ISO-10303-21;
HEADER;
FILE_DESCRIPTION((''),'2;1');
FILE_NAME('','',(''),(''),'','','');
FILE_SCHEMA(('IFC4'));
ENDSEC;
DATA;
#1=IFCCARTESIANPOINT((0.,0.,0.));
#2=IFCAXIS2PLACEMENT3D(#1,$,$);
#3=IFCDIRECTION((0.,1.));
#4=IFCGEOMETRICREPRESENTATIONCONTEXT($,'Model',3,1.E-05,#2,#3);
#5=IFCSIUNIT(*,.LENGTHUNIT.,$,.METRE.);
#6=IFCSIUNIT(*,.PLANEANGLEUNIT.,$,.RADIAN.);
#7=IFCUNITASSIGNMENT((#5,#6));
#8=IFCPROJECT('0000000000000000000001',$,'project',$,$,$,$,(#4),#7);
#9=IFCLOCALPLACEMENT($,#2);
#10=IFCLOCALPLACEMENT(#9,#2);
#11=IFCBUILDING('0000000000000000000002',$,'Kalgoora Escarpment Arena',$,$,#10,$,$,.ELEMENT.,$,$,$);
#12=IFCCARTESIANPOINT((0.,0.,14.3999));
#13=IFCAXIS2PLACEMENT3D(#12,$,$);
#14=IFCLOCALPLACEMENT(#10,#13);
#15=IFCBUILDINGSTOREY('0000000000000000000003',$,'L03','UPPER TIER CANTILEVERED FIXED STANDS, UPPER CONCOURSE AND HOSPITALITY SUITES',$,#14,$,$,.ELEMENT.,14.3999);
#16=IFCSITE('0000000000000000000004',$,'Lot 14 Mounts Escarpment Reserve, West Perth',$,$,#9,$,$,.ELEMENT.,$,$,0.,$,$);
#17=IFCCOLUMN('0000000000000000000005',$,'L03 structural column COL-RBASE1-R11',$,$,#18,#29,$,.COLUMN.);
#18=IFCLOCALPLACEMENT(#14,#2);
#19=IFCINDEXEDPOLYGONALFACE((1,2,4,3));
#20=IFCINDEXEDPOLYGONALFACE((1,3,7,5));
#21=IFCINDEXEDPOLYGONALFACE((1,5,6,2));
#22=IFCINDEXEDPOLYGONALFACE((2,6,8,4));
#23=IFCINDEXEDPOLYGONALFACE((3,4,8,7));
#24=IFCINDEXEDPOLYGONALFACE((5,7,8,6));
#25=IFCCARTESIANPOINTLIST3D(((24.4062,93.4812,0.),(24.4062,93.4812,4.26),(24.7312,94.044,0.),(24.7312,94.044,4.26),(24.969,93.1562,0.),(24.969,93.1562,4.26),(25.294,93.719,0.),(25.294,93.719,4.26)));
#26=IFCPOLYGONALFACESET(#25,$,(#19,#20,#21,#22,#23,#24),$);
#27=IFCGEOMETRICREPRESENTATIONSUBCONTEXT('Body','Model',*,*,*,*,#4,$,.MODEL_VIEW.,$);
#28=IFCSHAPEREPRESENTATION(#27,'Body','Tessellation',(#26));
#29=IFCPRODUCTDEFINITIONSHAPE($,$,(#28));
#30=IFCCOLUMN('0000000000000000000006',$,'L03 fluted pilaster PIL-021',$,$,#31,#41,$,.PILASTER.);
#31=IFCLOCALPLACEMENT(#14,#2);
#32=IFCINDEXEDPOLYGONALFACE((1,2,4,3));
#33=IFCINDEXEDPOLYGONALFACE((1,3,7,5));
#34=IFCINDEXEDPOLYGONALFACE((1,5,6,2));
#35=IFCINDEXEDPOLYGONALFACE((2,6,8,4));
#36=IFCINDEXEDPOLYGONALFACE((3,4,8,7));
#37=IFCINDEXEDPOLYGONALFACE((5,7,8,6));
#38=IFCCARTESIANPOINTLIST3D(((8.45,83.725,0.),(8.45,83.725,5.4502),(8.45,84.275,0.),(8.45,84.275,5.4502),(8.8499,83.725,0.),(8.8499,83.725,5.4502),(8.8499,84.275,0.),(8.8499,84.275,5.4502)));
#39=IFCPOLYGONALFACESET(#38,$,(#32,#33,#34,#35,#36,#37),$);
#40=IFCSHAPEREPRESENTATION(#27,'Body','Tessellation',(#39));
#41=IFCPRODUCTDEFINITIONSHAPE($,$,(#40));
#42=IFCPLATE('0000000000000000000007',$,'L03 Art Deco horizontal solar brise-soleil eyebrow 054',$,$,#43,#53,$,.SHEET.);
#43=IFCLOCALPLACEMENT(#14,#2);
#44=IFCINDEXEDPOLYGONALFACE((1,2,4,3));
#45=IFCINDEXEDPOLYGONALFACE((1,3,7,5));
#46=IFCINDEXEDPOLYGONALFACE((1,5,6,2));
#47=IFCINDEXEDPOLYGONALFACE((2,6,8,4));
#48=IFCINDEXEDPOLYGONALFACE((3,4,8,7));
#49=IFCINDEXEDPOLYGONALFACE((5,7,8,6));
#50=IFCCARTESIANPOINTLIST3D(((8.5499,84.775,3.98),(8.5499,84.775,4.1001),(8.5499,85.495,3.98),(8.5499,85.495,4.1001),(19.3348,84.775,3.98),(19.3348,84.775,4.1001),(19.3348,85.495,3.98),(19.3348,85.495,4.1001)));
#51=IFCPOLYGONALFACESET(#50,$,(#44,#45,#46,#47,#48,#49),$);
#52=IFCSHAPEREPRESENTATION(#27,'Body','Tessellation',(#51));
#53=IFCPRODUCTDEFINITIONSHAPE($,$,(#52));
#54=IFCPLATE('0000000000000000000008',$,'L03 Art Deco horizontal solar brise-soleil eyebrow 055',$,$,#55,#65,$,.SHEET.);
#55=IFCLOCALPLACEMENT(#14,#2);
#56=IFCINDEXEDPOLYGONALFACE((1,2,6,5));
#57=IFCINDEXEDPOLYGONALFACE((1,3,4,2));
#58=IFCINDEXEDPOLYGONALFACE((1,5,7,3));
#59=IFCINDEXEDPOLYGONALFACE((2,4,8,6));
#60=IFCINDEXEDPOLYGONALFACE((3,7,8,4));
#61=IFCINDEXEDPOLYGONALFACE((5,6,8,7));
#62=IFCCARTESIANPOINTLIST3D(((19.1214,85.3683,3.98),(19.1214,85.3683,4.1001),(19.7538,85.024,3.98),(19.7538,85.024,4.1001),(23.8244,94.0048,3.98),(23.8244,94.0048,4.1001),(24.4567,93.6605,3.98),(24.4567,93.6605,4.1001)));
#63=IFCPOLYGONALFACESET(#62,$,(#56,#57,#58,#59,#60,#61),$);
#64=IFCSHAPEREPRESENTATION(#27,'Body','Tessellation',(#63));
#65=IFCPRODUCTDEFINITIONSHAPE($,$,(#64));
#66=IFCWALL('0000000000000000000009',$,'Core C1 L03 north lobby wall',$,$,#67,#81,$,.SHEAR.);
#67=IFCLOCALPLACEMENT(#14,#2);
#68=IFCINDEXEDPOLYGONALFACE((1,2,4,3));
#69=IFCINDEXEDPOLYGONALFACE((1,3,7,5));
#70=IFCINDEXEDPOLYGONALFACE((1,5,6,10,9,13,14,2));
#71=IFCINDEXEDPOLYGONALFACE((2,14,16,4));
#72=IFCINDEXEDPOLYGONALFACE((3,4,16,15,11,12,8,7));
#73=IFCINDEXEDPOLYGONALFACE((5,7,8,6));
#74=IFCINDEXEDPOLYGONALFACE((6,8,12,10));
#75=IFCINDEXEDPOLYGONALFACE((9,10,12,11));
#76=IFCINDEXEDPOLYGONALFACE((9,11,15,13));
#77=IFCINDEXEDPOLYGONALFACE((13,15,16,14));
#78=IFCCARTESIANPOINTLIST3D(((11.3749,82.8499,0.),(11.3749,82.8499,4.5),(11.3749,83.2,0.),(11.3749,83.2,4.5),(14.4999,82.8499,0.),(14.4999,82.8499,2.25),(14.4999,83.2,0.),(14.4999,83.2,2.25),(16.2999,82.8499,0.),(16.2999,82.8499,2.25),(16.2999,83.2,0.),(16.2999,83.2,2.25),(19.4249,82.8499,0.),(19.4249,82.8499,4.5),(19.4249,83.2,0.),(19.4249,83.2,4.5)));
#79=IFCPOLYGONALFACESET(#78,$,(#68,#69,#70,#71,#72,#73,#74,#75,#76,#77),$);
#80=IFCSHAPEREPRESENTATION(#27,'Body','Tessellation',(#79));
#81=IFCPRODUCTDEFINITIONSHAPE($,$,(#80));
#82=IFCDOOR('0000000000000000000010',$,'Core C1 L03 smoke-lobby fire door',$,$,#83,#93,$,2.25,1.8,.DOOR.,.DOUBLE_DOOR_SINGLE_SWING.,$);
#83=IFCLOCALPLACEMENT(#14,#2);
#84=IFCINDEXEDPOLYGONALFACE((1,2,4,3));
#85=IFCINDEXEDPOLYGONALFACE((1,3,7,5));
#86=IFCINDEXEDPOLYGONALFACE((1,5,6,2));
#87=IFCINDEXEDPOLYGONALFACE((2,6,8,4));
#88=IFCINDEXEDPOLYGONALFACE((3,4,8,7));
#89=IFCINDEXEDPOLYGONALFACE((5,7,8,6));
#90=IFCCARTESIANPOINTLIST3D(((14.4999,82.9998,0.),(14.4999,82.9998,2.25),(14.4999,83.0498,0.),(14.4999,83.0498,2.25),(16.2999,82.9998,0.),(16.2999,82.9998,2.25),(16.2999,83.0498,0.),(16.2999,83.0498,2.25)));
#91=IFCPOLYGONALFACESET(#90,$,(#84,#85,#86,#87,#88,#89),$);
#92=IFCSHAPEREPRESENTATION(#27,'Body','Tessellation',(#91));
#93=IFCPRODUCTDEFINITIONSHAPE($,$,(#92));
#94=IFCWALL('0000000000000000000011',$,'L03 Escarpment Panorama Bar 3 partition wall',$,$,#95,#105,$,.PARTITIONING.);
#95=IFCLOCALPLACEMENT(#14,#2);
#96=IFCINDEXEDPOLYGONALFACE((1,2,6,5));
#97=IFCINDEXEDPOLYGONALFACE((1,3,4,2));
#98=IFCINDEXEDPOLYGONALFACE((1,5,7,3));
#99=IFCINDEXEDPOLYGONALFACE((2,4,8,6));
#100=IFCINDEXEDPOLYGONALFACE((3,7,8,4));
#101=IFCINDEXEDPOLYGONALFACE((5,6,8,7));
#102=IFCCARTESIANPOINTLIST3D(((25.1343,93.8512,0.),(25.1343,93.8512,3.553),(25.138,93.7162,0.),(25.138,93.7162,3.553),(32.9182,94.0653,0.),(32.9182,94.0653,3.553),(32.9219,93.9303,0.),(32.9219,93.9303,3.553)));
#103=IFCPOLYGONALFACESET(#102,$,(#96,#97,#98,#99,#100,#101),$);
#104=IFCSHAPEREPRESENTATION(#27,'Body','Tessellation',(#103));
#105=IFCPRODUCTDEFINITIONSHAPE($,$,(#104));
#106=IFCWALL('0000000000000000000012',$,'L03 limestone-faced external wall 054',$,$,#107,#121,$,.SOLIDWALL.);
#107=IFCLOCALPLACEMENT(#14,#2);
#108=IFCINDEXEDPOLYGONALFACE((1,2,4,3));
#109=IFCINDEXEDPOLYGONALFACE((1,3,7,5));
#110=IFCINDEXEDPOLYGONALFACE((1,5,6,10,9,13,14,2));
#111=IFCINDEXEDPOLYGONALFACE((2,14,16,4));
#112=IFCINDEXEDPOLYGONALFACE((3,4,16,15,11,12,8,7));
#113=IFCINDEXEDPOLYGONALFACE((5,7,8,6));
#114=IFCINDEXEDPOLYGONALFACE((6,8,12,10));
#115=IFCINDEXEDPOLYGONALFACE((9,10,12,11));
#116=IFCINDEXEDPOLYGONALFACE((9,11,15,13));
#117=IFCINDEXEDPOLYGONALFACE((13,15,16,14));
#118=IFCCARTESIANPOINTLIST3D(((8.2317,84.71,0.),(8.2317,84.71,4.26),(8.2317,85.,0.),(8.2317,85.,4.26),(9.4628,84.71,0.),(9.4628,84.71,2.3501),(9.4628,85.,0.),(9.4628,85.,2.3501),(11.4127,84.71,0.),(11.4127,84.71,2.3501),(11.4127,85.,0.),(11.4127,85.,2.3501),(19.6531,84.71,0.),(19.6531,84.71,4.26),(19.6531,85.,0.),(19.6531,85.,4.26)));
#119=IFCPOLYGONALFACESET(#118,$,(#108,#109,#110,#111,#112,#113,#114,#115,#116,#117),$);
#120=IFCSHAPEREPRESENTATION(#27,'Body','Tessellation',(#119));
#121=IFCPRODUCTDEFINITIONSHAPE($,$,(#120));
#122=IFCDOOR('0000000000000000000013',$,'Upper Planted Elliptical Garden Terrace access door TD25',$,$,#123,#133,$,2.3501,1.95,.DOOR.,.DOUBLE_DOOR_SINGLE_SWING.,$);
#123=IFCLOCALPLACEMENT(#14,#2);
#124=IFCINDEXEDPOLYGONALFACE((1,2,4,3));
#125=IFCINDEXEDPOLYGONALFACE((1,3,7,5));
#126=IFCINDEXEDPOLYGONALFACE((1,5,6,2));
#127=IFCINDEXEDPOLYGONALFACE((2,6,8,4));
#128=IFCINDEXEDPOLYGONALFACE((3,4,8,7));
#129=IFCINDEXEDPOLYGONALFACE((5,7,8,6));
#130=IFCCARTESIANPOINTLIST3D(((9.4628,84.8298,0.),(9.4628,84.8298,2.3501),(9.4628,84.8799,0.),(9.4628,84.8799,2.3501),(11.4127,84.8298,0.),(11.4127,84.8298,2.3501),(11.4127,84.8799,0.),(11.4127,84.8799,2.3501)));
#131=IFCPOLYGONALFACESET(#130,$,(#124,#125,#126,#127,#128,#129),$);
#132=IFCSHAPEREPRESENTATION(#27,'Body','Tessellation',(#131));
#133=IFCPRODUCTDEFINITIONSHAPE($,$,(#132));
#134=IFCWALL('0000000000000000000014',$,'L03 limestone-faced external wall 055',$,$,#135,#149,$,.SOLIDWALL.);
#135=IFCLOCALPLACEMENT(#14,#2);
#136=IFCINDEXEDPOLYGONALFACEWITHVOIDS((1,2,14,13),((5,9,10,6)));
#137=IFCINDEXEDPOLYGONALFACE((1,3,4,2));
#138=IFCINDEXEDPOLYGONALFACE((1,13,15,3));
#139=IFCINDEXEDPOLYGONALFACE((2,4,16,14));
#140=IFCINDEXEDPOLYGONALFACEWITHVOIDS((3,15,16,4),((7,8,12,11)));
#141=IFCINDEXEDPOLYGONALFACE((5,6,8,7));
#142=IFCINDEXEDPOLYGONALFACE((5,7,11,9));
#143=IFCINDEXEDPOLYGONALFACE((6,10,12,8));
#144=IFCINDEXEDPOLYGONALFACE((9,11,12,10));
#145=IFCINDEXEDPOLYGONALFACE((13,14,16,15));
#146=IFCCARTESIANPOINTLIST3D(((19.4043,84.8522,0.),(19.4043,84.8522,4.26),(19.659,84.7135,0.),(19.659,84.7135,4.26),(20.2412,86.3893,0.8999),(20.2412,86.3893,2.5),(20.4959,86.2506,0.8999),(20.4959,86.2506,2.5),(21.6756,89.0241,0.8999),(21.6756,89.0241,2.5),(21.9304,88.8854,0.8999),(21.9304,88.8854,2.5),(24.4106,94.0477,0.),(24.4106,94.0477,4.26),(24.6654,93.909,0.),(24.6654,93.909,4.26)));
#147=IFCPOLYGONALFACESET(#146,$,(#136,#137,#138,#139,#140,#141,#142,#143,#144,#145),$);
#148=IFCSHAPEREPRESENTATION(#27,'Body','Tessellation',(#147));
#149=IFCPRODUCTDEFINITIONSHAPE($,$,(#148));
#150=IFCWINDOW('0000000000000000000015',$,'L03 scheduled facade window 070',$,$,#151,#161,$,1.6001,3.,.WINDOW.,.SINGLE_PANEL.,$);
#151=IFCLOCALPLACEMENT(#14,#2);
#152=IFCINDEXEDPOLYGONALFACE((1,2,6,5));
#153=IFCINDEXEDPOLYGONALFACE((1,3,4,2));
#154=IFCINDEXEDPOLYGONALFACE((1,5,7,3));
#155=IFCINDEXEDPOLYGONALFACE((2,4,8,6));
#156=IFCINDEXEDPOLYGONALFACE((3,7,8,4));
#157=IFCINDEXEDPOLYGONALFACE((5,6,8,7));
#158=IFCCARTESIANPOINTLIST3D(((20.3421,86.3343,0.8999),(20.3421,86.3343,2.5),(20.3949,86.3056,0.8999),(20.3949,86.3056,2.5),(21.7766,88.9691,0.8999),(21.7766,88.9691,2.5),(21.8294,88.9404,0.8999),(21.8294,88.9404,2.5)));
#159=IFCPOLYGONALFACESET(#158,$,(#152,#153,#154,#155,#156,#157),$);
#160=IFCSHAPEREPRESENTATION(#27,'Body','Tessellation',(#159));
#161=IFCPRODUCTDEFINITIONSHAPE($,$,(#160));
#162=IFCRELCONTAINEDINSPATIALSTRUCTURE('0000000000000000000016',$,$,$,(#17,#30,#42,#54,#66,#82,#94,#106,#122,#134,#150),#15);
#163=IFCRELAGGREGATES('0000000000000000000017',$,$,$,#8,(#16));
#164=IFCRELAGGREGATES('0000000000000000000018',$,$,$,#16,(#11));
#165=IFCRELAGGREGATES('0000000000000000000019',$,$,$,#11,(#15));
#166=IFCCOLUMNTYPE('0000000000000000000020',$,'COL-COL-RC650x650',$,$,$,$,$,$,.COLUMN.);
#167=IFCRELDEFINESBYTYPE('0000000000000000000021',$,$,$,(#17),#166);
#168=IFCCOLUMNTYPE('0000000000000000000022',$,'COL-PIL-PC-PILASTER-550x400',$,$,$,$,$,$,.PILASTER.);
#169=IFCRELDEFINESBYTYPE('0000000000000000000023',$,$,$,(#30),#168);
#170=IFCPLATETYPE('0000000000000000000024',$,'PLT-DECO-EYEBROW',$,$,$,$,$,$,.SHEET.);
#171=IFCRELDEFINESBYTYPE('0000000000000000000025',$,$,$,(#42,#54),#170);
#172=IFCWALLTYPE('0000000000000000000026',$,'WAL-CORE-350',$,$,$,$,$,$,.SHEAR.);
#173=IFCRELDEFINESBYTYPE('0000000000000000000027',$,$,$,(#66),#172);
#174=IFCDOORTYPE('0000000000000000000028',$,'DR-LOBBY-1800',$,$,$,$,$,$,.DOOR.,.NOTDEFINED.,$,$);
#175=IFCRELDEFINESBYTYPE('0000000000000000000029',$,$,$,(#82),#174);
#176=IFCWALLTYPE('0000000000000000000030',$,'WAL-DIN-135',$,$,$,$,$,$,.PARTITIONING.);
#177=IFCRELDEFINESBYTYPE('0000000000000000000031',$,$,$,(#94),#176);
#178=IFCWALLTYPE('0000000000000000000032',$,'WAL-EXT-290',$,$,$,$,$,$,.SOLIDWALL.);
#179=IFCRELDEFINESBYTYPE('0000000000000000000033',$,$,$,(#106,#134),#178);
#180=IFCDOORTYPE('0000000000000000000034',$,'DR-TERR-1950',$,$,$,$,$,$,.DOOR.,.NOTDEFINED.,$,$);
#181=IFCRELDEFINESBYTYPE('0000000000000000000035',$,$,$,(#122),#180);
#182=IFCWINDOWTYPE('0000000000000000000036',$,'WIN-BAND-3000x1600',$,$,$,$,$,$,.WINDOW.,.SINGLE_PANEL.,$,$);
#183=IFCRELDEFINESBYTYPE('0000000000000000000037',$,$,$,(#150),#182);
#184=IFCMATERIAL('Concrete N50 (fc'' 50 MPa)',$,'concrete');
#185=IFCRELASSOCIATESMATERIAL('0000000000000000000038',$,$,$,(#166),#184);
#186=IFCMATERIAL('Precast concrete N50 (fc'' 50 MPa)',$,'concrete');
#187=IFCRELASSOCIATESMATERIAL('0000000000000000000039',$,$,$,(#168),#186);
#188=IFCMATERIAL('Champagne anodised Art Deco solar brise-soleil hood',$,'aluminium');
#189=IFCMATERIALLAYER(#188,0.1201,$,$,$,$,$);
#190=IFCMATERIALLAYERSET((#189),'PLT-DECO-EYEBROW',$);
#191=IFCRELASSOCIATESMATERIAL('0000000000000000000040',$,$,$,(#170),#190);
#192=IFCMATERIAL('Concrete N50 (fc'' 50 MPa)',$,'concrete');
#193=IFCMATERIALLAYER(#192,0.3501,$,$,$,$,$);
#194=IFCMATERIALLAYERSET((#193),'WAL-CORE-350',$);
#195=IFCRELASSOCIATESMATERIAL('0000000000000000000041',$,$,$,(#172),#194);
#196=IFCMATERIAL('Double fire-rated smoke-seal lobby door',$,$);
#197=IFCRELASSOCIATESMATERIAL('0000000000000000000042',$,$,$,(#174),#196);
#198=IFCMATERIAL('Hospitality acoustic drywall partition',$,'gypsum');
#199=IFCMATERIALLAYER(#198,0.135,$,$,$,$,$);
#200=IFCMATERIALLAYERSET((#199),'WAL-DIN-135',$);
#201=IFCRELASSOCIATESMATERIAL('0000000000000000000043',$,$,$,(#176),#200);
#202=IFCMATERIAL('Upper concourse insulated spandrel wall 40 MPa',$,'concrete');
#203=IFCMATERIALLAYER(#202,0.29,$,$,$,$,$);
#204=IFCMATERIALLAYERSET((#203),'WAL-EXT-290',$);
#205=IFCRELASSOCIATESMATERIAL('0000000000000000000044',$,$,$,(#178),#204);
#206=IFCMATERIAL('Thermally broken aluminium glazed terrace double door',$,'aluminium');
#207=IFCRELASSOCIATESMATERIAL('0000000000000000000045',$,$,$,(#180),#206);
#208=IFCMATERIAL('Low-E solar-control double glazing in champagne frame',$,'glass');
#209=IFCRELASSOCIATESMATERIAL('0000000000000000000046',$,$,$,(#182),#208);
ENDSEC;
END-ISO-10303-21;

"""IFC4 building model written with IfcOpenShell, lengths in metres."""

from ifc_helpers import new_model, si_unit, direction, frame, frame_2d, origin, origin_2d, place, context, subcontext, project, spatial, rectangle, extrude, material, layer, layer_set, material_profile, profile_set, type_object, element, fill, save


model = new_model("IFC4")

# Units and contexts
model_context = context("Model", 3, precision=1e-05, world=origin(), true_north=direction((0.0, 1.0)))
body_context = subcontext(model_context, "Body", "Model", "MODEL_VIEW")
ifc_project = project(units=[si_unit("LENGTHUNIT", "METRE"), si_unit("PLANEANGLEUNIT", "RADIAN")], contexts=[model_context])

# Site, building, storey
site_placement = place(None, origin())
site = spatial("IfcSite", under=ifc_project, at=site_placement, Name="Lot 14 Mounts Escarpment Reserve, West Perth", CompositionType="ELEMENT", RefElevation=0.0)
building_placement = place(site_placement, origin())
building = spatial("IfcBuilding", under=site, at=building_placement, Name="Kalgoora Escarpment Arena", CompositionType="ELEMENT")
storey_placement = place(building_placement, frame((0.0, 0.0, 14.3999)))
storey = spatial("IfcBuildingStorey", under=building, at=storey_placement, Name="L03", Description="UPPER TIER CANTILEVERED FIXED STANDS, UPPER CONCOURSE AND HOSPITALITY SUITES", CompositionType="ELEMENT", Elevation=14.3999)

# Columns
ifc_material_1 = material(Name="Concrete N50 (fc' 50 MPa)", Category="concrete")
ifc_material_profile_1 = material_profile(ifc_material_1, rectangle(XDim=0.6499, YDim=0.6499, at=origin_2d()))
ifc_profile_set_1 = profile_set([ifc_material_profile_1], Name="Concrete N50 (fc' 50 MPa)")
column_type_1 = type_object("IfcColumnType", Name="COL-COL-RC650x650", PredefinedType="COLUMN", material=ifc_profile_set_1)
column_1_placement = place(storey_placement, frame((24.8501, 93.6001, 0.0), z_axis=(0.0, 0.0, 1.0), x_axis=(-0.866025, 0.5, 0.0)))
element("IfcColumn", 1, at=column_1_placement, inside=storey, type_object=column_type_1, Name="L03 structural column COL-RBASE1-R11", PredefinedType="COLUMN", context=body_context, shape_type="SweptSolid", body=[
    extrude(rectangle(XDim=0.6499, YDim=0.6499, at=origin_2d()), origin(), (0.0, 0.0, 1.0), 4.26),
])
ifc_material_2 = material(Name="Precast concrete N50 (fc' 50 MPa)", Category="concrete")
ifc_material_profile_2 = material_profile(ifc_material_2, rectangle(XDim=0.3999, YDim=0.55, at=origin_2d()))
ifc_profile_set_2 = profile_set([ifc_material_profile_2], Name="Precast concrete N50 (fc' 50 MPa)")
column_type_2 = type_object("IfcColumnType", Name="COL-PIL-PC-PILASTER-550x400", PredefinedType="PILASTER", material=ifc_profile_set_2)
column_2_placement = place(storey_placement, frame((8.6499, 84.0, 0.0), z_axis=(0.0, 0.0, 1.0), x_axis=(1.0, 0.0, 0.0)))
element("IfcColumn", 2, at=column_2_placement, inside=storey, type_object=column_type_2, Name="L03 fluted pilaster PIL-021", PredefinedType="PILASTER", context=body_context, shape_type="SweptSolid", body=[
    extrude(rectangle(XDim=0.3999, YDim=0.55, at=origin_2d()), origin(), (0.0, 0.0, 1.0), 5.4502),
])

# Plates
ifc_material_3 = material(Name="Champagne anodised Art Deco solar brise-soleil hood", Category="aluminium")
ifc_layer_1 = layer(ifc_material_3, 0.1201)
ifc_layer_set_1 = layer_set([ifc_layer_1], Name="PLT-DECO-EYEBROW")
plate_type = type_object("IfcPlateType", Name="PLT-DECO-EYEBROW", PredefinedType="SHEET", material=ifc_layer_set_1)
plate_1_placement = place(storey_placement, frame((13.9424, 85.135, 3.98), z_axis=(0.0, 0.0, 1.0), x_axis=(1.0, 0.0, 0.0)))
element("IfcPlate", 3, at=plate_1_placement, inside=storey, type_object=plate_type, Name="L03 Art Deco horizontal solar brise-soleil eyebrow 054", PredefinedType="SHEET", context=body_context, shape_type="SweptSolid", body=[
    extrude(rectangle(XDim=10.7849, YDim=0.72, at=origin_2d()), origin(), (0.0, 0.0, 1.0), 0.1201),
])
plate_2_placement = place(storey_placement, frame((21.7891, 89.5144, 3.98), z_axis=(0.0, 0.0, 1.0), x_axis=(0.478232, 0.878233, 0.0)))
element("IfcPlate", 4, at=plate_2_placement, inside=storey, type_object=plate_type, Name="L03 Art Deco horizontal solar brise-soleil eyebrow 055", PredefinedType="SHEET", context=body_context, shape_type="SweptSolid", body=[
    extrude(rectangle(XDim=9.834, YDim=0.72, at=origin_2d()), origin(), (0.0, 0.0, 1.0), 0.1201),
])

# Wall, opening, door
ifc_material_4 = material(Name="Concrete N50 (fc' 50 MPa)", Category="concrete")
ifc_layer_2 = layer(ifc_material_4, 0.3501)
ifc_layer_set_2 = layer_set([ifc_layer_2], Name="WAL-CORE-350")
wall_type_1 = type_object("IfcWallType", Name="WAL-CORE-350", PredefinedType="SHEAR", material=ifc_layer_set_2)
wall_1_placement = place(storey_placement, frame((11.375, 83.0249, 0.0), z_axis=(0.0, 0.0, 1.0), x_axis=(1.0, 0.0, 0.0)))
wall_1 = element("IfcWall", 5, at=wall_1_placement, inside=storey, type_object=wall_type_1, Name="Core C1 L03 north lobby wall", PredefinedType="SHEAR", context=body_context, shape_type="SweptSolid", body=[
    extrude(rectangle(XDim=8.05, YDim=0.3501, at=frame_2d((4.0249, 0.0))), origin(), (0.0, 0.0, 1.0), 4.5),
])
opening_1_placement = place(wall_1_placement, frame((3.125, 0.0, 0.0)))
opening_1 = element("IfcOpeningElement", 6, at=opening_1_placement, cuts=wall_1, PredefinedType="OPENING", context=body_context, shape_type="SweptSolid", body=[
    extrude(rectangle(XDim=1.8, YDim=2.25, at=frame_2d((0.8999, 1.125))), frame((0.0, 0.1851, 0.0), z_axis=(0.0, -1.0, 0.0), x_axis=(1.0, 0.0, 0.0)), (0.0, 0.0, 1.0), 0.3701),
])
ifc_material_5 = material(Name="Double fire-rated smoke-seal lobby door")
door_type_1 = type_object("IfcDoorType", Name="DR-LOBBY-1800", OperationType="NOTDEFINED", PredefinedType="DOOR", material=ifc_material_5)
door_1_placement = place(opening_1_placement, origin())
door_1 = element("IfcDoor", 7, at=door_1_placement, inside=storey, type_object=door_type_1, Name="Core C1 L03 smoke-lobby fire door", OperationType="DOUBLE_DOOR_SINGLE_SWING", OverallHeight=2.25, OverallWidth=1.8, PredefinedType="DOOR", context=body_context, shape_type="SweptSolid", body=[
    extrude(rectangle(XDim=1.8, YDim=2.25, at=frame_2d((0.8999, 1.125))), frame((0.0, 0.0249, 0.0), z_axis=(0.0, -1.0, 0.0), x_axis=(1.0, 0.0, 0.0)), (0.0, 0.0, 1.0), 0.05),
])
fill(opening_1, door_1)

# Wall
ifc_material_6 = material(Name="Hospitality acoustic drywall partition", Category="gypsum")
ifc_layer_3 = layer(ifc_material_6, 0.135)
ifc_layer_set_3 = layer_set([ifc_layer_3], Name="WAL-DIN-135")
wall_type_2 = type_object("IfcWallType", Name="WAL-DIN-135", PredefinedType="PARTITIONING", material=ifc_layer_set_3)
wall_2_placement = place(storey_placement, frame((25.136, 93.7837, 0.0), z_axis=(0.0, 0.0, 1.0), x_axis=(0.999622, 0.027496, 0.0)))
element("IfcWall", 8, at=wall_2_placement, inside=storey, type_object=wall_type_2, Name="L03 Escarpment Panorama Bar 3 partition wall", PredefinedType="PARTITIONING", context=body_context, shape_type="SweptSolid", body=[
    extrude(rectangle(XDim=7.7869, YDim=0.135, at=frame_2d((3.8936, 0.0))), origin(), (0.0, 0.0, 1.0), 3.553),
])

# Wall, opening, door
ifc_material_7 = material(Name="Upper concourse insulated spandrel wall 40 MPa", Category="concrete")
ifc_layer_4 = layer(ifc_material_7, 0.29)
ifc_layer_set_4 = layer_set([ifc_layer_4], Name="WAL-EXT-290")
wall_type_3 = type_object("IfcWallType", Name="WAL-EXT-290", PredefinedType="SOLIDWALL", material=ifc_layer_set_4)
wall_3_placement = place(storey_placement, frame((8.2317, 84.855, 0.0), z_axis=(0.0, 0.0, 1.0), x_axis=(1.0, 0.0, 0.0)))
wall_3 = element("IfcWall", 9, at=wall_3_placement, inside=storey, type_object=wall_type_3, Name="L03 limestone-faced external wall 054", PredefinedType="SOLIDWALL", context=body_context, shape_type="SweptSolid", body=[
    extrude(rectangle(XDim=11.4214, YDim=0.29, at=frame_2d((5.7107, 0.0))), origin(), (0.0, 0.0, 1.0), 4.26),
])
opening_2_placement = place(wall_3_placement, frame((1.231, 0.0, 0.0)))
opening_2 = element("IfcOpeningElement", 10, at=opening_2_placement, cuts=wall_3, PredefinedType="OPENING", context=body_context, shape_type="SweptSolid", body=[
    extrude(rectangle(XDim=1.95, YDim=2.3501, at=frame_2d((0.9751, 1.175))), frame((0.0, 0.155, 0.0), z_axis=(0.0, -1.0, 0.0), x_axis=(1.0, 0.0, 0.0)), (0.0, 0.0, 1.0), 0.3101),
])
ifc_material_8 = material(Name="Thermally broken aluminium glazed terrace double door", Category="aluminium")
door_type_2 = type_object("IfcDoorType", Name="DR-TERR-1950", OperationType="NOTDEFINED", PredefinedType="DOOR", material=ifc_material_8)
door_2_placement = place(opening_2_placement, origin())
door_2 = element("IfcDoor", 11, at=door_2_placement, inside=storey, type_object=door_type_2, Name="Upper Planted Elliptical Garden Terrace access door TD25", OperationType="DOUBLE_DOOR_SINGLE_SWING", OverallHeight=2.3501, OverallWidth=1.95, PredefinedType="DOOR", context=body_context, shape_type="SweptSolid", body=[
    extrude(rectangle(XDim=1.95, YDim=2.3501, at=frame_2d((0.9751, 1.175))), frame((0.0, 0.0249, 0.0), z_axis=(0.0, -1.0, 0.0), x_axis=(1.0, 0.0, 0.0)), (0.0, 0.0, 1.0), 0.05),
])
fill(opening_2, door_2)

# Wall, opening, window
wall_4_placement = place(storey_placement, frame((19.5317, 84.783, 0.0), z_axis=(0.0, 0.0, 1.0), x_axis=(0.478159, 0.878273, 0.0)))
wall_4 = element("IfcWall", 12, at=wall_4_placement, inside=storey, type_object=wall_type_3, Name="L03 limestone-faced external wall 055", PredefinedType="SOLIDWALL", context=body_context, shape_type="SweptSolid", body=[
    extrude(rectangle(XDim=10.47, YDim=0.29, at=frame_2d((5.2349, 0.0))), origin(), (0.0, 0.0, 1.0), 4.26),
])
opening_3_placement = place(wall_4_placement, frame((1.75, 0.0, 0.8999)))
opening_3 = element("IfcOpeningElement", 13, at=opening_3_placement, cuts=wall_4, PredefinedType="OPENING", context=body_context, shape_type="SweptSolid", body=[
    extrude(rectangle(XDim=3.0, YDim=1.6001, at=frame_2d((1.5, 0.8))), frame((0.0, 0.155, 0.0), z_axis=(0.0, -1.0, 0.0), x_axis=(1.0, 0.0, 0.0)), (0.0, 0.0, 1.0), 0.3101),
])
ifc_material_9 = material(Name="Low-E solar-control double glazing in champagne frame", Category="glass")
window_type_1 = type_object("IfcWindowType", Name="WIN-BAND-3000x1600", PartitioningType="SINGLE_PANEL", PredefinedType="WINDOW", material=ifc_material_9)
window_1_placement = place(opening_3_placement, origin())
window_1 = element("IfcWindow", 14, at=window_1_placement, inside=storey, type_object=window_type_1, Name="L03 scheduled facade window 070", OverallHeight=1.6001, OverallWidth=3.0, PartitioningType="SINGLE_PANEL", PredefinedType="WINDOW", context=body_context, shape_type="SweptSolid", body=[
    extrude(rectangle(XDim=3.0, YDim=1.6001, at=frame_2d((1.5, 0.8))), frame((0.0, 0.03, 0.0), z_axis=(0.0, -1.0, 0.0), x_axis=(1.0, 0.0, 0.0)), (0.0, 0.0, 1.0), 0.0601),
])
fill(opening_3, window_1)

save(model, "model.ifc")
